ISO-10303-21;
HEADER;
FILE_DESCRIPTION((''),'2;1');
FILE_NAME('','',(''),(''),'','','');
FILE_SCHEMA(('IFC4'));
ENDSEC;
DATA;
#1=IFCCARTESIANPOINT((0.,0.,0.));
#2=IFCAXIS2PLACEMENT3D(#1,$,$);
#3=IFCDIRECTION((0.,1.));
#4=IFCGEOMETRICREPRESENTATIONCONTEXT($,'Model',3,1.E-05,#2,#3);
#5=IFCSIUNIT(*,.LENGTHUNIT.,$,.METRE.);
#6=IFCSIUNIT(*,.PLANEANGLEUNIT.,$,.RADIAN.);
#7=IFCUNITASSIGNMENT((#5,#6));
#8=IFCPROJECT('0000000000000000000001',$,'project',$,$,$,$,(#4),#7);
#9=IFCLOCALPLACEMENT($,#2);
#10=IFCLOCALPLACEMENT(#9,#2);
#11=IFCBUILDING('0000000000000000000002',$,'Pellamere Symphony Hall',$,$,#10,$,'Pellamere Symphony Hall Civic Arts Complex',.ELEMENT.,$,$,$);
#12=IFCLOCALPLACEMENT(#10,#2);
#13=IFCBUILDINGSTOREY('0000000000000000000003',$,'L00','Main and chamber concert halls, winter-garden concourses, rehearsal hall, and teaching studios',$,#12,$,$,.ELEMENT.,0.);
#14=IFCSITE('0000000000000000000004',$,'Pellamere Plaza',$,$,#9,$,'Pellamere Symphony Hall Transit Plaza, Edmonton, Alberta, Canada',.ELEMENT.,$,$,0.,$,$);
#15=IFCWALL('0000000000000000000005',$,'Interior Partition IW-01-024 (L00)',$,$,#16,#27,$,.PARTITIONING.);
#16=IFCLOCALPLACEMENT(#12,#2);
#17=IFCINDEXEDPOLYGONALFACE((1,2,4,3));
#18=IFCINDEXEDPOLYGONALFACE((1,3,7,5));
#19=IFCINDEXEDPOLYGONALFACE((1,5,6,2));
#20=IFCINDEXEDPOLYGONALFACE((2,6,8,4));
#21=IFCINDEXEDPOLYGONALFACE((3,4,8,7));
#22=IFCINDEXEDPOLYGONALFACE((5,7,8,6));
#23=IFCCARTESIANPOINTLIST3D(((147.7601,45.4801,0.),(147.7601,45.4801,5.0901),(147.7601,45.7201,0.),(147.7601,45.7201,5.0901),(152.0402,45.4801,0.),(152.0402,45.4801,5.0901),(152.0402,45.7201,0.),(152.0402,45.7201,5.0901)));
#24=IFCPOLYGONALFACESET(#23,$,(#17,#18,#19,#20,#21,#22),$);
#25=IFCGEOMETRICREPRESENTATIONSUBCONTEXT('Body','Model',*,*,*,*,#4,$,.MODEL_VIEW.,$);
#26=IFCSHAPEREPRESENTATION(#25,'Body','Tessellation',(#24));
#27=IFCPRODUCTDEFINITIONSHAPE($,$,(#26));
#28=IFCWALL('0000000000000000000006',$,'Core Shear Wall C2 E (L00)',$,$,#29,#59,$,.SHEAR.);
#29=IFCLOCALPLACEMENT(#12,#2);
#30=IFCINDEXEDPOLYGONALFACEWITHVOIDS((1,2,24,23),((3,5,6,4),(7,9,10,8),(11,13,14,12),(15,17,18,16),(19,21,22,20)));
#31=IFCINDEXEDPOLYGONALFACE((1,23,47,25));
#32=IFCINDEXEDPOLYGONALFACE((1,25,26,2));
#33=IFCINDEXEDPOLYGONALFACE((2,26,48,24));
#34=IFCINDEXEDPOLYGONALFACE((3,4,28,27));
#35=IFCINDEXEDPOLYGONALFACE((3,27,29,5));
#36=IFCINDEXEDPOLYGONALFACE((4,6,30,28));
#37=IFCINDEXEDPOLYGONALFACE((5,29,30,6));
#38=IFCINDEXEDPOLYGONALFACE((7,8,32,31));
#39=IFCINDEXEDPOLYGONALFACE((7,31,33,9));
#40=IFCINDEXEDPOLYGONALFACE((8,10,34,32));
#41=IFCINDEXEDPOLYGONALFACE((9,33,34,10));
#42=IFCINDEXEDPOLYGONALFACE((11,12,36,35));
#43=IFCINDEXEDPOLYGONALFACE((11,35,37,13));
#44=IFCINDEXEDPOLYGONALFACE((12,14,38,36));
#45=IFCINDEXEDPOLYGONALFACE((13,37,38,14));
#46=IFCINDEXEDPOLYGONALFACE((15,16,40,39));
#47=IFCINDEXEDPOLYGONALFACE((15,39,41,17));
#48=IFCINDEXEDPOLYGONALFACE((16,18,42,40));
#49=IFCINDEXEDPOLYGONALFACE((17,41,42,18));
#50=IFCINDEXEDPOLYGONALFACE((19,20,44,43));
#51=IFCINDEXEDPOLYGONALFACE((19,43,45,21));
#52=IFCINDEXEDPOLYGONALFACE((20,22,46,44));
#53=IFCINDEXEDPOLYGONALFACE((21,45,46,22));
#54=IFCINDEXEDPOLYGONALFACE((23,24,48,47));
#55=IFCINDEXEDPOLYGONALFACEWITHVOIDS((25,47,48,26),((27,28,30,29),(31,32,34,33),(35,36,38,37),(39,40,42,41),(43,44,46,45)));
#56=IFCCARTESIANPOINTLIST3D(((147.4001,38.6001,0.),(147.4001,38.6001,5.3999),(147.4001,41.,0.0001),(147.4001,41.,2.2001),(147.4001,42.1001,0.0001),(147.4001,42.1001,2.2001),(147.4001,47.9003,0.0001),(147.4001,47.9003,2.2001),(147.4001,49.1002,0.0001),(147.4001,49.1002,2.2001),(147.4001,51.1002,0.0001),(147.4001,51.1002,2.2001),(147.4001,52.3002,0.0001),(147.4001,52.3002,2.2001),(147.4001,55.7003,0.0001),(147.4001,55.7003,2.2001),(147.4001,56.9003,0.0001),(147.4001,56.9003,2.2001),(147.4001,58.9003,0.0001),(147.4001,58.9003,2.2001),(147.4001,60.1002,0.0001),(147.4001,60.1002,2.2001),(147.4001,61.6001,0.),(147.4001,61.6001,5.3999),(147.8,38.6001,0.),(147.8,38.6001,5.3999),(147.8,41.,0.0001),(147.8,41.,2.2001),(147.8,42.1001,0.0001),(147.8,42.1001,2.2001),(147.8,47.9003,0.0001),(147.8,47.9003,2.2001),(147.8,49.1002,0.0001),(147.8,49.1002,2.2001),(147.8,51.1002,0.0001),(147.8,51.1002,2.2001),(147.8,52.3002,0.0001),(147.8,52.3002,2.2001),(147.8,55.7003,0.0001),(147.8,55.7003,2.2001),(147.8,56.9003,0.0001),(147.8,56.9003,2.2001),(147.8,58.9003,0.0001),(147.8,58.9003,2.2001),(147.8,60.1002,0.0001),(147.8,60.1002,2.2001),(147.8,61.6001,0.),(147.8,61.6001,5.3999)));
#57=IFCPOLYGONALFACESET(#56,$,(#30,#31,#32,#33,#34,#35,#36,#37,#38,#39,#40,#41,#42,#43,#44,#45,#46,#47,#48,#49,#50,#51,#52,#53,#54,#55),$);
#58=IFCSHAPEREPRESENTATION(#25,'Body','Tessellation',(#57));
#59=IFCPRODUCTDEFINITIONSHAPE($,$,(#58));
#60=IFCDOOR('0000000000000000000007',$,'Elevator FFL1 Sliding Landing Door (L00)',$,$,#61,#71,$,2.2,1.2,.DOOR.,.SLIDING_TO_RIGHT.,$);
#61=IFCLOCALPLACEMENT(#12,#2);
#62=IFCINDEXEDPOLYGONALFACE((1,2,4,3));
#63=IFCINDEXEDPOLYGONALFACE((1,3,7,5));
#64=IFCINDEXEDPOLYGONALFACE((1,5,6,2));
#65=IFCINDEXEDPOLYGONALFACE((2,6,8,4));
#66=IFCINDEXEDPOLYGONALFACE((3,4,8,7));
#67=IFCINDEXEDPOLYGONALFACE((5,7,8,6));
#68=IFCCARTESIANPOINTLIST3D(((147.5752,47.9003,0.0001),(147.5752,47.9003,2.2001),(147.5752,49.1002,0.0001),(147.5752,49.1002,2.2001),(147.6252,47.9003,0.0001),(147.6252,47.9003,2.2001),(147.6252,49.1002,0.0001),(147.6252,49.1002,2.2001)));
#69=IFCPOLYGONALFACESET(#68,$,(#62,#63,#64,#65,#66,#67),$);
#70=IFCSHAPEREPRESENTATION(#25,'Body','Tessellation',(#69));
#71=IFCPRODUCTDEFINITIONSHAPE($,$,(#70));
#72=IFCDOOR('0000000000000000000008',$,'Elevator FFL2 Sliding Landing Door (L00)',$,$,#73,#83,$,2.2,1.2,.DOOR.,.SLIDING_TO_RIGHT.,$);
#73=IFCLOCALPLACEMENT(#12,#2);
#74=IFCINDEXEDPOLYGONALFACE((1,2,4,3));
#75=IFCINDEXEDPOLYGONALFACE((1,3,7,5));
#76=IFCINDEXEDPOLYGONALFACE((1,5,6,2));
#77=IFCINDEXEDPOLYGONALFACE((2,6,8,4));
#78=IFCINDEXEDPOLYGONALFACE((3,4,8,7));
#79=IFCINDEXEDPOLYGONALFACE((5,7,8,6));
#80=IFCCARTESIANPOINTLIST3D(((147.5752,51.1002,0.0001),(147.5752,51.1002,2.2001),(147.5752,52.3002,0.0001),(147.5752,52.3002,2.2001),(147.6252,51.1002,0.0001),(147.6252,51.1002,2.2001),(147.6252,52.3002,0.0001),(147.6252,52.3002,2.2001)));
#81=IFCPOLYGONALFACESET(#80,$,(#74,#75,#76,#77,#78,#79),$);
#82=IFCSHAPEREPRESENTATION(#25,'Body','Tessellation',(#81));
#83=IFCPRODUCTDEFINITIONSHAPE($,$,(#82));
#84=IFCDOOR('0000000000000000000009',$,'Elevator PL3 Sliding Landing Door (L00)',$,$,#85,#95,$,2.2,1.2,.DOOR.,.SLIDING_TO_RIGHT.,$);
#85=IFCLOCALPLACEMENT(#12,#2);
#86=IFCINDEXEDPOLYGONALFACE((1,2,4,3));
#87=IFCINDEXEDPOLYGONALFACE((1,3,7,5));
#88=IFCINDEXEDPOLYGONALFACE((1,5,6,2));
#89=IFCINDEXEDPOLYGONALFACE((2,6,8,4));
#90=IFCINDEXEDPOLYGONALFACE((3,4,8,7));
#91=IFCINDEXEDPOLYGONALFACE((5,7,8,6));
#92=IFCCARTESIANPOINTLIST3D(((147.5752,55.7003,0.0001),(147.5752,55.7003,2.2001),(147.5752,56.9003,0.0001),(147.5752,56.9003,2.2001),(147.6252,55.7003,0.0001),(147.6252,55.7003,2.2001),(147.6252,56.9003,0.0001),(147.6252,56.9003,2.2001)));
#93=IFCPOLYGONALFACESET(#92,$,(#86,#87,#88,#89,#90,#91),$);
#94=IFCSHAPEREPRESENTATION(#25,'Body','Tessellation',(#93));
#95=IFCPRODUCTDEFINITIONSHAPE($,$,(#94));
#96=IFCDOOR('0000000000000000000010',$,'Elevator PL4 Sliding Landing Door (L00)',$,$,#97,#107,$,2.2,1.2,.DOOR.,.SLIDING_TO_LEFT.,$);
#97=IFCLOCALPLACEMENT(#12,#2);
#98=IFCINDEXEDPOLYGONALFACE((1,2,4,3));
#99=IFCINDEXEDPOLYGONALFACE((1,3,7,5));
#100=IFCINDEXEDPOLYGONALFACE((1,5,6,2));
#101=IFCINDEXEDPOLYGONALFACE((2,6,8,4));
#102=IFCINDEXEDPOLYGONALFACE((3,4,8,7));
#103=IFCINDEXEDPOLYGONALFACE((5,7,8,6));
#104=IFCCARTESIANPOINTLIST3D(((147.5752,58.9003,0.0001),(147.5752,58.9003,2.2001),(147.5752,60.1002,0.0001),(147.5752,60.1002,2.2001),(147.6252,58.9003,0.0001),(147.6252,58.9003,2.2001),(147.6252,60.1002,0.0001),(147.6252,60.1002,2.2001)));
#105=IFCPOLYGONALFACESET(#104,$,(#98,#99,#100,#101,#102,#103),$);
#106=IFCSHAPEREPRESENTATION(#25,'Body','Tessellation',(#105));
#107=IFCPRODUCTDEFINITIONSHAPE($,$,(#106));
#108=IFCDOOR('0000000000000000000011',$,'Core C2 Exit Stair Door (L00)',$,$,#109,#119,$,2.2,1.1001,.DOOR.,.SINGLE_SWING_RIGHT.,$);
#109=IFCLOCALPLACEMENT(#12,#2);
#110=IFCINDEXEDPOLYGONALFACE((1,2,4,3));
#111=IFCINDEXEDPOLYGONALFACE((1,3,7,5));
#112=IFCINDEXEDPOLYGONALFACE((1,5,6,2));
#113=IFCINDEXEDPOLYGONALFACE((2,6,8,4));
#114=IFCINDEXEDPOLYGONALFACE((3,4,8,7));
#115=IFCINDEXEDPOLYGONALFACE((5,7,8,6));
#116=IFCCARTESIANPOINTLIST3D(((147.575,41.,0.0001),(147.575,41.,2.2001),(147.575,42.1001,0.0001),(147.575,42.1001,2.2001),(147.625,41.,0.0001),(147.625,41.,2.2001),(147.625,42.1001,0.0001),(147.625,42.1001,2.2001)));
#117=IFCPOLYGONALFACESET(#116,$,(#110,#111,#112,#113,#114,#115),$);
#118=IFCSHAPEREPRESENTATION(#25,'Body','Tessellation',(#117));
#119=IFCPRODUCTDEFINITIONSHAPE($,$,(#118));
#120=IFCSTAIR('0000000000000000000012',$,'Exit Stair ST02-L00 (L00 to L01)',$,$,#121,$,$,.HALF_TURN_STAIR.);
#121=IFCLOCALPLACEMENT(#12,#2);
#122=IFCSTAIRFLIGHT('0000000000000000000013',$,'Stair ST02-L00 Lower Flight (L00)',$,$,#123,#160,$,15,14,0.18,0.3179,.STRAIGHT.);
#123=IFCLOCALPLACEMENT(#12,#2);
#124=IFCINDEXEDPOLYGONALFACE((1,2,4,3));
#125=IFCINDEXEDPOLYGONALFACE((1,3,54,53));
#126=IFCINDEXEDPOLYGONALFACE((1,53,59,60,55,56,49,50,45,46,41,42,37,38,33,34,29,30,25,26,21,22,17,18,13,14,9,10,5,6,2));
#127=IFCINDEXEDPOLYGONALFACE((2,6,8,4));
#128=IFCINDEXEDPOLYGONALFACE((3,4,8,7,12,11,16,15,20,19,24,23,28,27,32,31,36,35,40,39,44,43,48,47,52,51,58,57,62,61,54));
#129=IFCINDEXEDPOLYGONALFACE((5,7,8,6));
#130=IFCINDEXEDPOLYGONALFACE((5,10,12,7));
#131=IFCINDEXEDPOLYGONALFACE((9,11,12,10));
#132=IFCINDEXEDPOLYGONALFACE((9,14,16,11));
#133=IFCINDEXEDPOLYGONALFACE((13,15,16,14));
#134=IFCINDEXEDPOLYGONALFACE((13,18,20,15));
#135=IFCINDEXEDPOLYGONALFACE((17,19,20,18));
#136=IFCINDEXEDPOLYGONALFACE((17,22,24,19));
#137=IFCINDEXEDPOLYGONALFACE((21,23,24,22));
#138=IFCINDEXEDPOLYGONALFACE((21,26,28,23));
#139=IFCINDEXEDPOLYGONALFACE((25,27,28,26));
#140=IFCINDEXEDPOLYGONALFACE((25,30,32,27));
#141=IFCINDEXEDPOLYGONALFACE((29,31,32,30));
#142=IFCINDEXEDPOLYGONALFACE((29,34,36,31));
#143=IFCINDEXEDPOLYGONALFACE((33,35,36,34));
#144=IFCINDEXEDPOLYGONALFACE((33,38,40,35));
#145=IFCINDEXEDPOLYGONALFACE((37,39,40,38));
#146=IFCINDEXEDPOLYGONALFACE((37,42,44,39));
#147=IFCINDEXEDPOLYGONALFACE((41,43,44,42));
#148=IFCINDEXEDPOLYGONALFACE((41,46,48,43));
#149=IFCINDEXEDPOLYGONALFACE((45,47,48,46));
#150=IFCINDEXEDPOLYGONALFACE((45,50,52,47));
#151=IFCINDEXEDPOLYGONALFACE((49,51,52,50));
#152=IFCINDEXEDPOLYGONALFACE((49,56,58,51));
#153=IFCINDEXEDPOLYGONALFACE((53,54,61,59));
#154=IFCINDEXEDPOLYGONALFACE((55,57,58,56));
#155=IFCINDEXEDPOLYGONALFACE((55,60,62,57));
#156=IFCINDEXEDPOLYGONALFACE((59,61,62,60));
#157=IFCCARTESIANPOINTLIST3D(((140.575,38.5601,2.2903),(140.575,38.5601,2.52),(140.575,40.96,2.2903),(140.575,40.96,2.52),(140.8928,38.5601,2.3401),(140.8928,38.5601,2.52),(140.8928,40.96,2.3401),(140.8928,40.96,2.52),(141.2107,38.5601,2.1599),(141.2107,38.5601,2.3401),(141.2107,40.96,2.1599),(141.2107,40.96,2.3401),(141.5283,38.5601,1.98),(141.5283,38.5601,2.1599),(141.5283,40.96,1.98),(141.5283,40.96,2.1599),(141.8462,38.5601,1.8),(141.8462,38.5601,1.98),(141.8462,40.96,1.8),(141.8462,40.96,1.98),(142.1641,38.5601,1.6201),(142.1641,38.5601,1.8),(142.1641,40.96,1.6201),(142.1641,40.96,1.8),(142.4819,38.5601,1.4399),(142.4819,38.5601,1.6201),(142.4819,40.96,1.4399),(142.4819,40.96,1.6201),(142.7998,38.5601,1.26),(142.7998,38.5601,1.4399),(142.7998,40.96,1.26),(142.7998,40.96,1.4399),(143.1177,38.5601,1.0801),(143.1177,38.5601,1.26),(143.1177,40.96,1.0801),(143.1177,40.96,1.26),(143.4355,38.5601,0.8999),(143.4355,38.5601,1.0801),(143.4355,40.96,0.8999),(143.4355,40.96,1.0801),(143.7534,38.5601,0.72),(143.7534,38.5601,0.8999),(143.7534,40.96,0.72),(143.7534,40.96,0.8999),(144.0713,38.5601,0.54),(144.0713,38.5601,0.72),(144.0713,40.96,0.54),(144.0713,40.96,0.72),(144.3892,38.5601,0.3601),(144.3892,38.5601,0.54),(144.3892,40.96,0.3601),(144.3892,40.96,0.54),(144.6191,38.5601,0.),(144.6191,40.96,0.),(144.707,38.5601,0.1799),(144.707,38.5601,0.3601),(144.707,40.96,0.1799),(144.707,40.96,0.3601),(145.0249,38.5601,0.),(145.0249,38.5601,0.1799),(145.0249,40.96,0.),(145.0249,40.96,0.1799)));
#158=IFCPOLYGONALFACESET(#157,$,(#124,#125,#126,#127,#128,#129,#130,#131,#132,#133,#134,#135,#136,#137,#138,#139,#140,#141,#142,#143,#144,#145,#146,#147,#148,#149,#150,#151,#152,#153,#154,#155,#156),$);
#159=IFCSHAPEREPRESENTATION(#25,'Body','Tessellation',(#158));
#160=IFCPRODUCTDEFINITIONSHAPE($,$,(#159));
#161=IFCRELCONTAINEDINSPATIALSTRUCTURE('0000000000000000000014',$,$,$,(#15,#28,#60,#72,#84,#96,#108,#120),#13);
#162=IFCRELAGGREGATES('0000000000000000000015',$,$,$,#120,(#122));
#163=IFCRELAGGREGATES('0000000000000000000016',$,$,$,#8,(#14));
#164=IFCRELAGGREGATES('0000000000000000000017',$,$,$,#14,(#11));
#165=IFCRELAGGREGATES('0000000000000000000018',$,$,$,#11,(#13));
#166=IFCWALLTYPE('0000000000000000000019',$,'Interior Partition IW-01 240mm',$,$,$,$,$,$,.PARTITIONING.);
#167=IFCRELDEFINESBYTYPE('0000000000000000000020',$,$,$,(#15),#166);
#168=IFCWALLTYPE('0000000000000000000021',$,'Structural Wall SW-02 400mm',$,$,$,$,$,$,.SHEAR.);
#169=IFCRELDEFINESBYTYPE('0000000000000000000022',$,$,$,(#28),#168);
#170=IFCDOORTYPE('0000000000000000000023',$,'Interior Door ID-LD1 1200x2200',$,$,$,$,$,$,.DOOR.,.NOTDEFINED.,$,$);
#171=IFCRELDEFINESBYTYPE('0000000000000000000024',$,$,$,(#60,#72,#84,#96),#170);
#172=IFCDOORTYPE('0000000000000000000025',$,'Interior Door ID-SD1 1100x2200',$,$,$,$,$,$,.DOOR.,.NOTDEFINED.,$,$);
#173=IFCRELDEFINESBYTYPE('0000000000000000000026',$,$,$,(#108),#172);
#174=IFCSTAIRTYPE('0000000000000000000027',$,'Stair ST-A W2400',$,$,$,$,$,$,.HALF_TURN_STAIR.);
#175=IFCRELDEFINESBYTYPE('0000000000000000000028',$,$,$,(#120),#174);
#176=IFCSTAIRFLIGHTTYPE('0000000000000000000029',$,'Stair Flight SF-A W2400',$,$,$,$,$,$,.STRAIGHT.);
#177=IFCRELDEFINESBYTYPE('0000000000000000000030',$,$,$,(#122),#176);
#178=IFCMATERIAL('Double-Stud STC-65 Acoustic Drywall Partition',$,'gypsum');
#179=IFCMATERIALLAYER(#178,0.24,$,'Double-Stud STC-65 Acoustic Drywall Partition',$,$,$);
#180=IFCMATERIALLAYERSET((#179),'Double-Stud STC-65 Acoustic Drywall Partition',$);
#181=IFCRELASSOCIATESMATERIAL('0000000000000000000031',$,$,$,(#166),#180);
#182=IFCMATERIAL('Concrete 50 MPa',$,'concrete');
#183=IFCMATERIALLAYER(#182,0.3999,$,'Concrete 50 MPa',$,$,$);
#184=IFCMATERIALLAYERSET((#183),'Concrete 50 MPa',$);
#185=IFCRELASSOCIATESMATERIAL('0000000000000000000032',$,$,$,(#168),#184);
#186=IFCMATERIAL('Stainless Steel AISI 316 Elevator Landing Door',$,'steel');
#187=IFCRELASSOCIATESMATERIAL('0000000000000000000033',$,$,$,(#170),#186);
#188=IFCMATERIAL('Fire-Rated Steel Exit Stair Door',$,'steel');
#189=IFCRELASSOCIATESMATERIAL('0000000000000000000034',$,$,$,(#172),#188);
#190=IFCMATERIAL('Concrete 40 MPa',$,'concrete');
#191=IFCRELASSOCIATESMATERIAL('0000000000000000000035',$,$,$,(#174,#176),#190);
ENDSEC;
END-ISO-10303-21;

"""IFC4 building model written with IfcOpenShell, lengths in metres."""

from ifc_helpers import new_model, si_unit, direction, frame, frame_2d, origin, place, context, subcontext, project, spatial, polyline, rectangle, outline, extrude, material, layer, layer_set, type_object, element, fill, aggregate, save


model = new_model("IFC4")

# Units and contexts
model_context = context("Model", 3, precision=1e-05, world=origin(), true_north=direction((0.0, 1.0)))
body_context = subcontext(model_context, "Body", "Model", "MODEL_VIEW")
ifc_project = project(units=[si_unit("LENGTHUNIT", "METRE"), si_unit("PLANEANGLEUNIT", "RADIAN")], contexts=[model_context])

# Site, building, storey
site_placement = place(None, origin())
site = spatial("IfcSite", under=ifc_project, at=site_placement, Name="Pellamere Plaza", LongName="Pellamere Symphony Hall Transit Plaza, Edmonton, Alberta, Canada", CompositionType="ELEMENT", RefElevation=0.0)
building_placement = place(site_placement, origin())
building = spatial("IfcBuilding", under=site, at=building_placement, Name="Pellamere Symphony Hall", LongName="Pellamere Symphony Hall Civic Arts Complex", CompositionType="ELEMENT")
storey_placement = place(building_placement, origin())
storey = spatial("IfcBuildingStorey", under=building, at=storey_placement, Name="L00", Description="Main and chamber concert halls, winter-garden concourses, rehearsal hall, and teaching studios", CompositionType="ELEMENT", Elevation=0.0)

# Shared definitions
ifc_material_1 = material(Name="Concrete 40 MPa", Category="concrete")

# Shared definitions
ifc_material_2 = material(Name="Double-Stud STC-65 Acoustic Drywall Partition", Category="gypsum")
ifc_layer_1 = layer(ifc_material_2, 0.24, Name="Double-Stud STC-65 Acoustic Drywall Partition")
ifc_layer_set_1 = layer_set([ifc_layer_1], Name="Double-Stud STC-65 Acoustic Drywall Partition")
wall_type_1 = type_object("IfcWallType", Name="Interior Partition IW-01 240mm", PredefinedType="PARTITIONING", material=ifc_layer_set_1)

# Wall
wall_1_placement = place(storey_placement, frame((147.76, 45.6001, 0.0), z_axis=(0.0, 0.0, 1.0), x_axis=(1.0, 0.0, 0.0)))
element("IfcWall", 1, at=wall_1_placement, inside=storey, type_object=wall_type_1, Name="Interior Partition IW-01-024 (L00)", PredefinedType="PARTITIONING", context=body_context, shape_type="SweptSolid", body=[
    extrude(rectangle(XDim=4.28, YDim=0.24, at=frame_2d((2.1401, 0.0))), origin(), (0.0, 0.0, 1.0), 5.0901),
])

# Wall, openings, doors
ifc_material_3 = material(Name="Concrete 50 MPa", Category="concrete")
ifc_layer_2 = layer(ifc_material_3, 0.3999, Name="Concrete 50 MPa")
ifc_layer_set_2 = layer_set([ifc_layer_2], Name="Concrete 50 MPa")
wall_type_2 = type_object("IfcWallType", Name="Structural Wall SW-02 400mm", PredefinedType="SHEAR", material=ifc_layer_set_2)
wall_2_placement = place(storey_placement, frame((147.6001, 38.6001, 0.0), z_axis=(0.0, 0.0, 1.0), x_axis=(0.0, 1.0, 0.0)))
wall_2 = element("IfcWall", 2, at=wall_2_placement, inside=storey, type_object=wall_type_2, Name="Core Shear Wall C2 E (L00)", PredefinedType="SHEAR", context=body_context, shape_type="SweptSolid", body=[
    extrude(rectangle(XDim=23.0, YDim=0.3999, at=frame_2d((11.5, 0.0))), origin(), (0.0, 0.0, 1.0), 5.3999),
])
opening_1_placement = place(wall_2_placement, frame((9.3, 0.0, 0.0)))
opening_1 = element("IfcOpeningElement", 3, at=opening_1_placement, cuts=wall_2, PredefinedType="OPENING", context=body_context, shape_type="SweptSolid", body=[
    extrude(rectangle(XDim=1.2, YDim=2.2, at=frame_2d((0.6001, 1.1001))), frame((0.0, 0.21, 0.0), z_axis=(0.0, -1.0, 0.0), x_axis=(1.0, 0.0, 0.0)), (0.0, 0.0, 1.0), 0.4199),
])
opening_2_placement = place(wall_2_placement, frame((12.5, 0.0, 0.0)))
opening_2 = element("IfcOpeningElement", 4, at=opening_2_placement, cuts=wall_2, PredefinedType="OPENING", context=body_context, shape_type="SweptSolid", body=[
    extrude(rectangle(XDim=1.2, YDim=2.2, at=frame_2d((0.6001, 1.1001))), frame((0.0, 0.21, 0.0), z_axis=(0.0, -1.0, 0.0), x_axis=(1.0, 0.0, 0.0)), (0.0, 0.0, 1.0), 0.4199),
])
opening_3_placement = place(wall_2_placement, frame((17.1001, 0.0, 0.0)))
opening_3 = element("IfcOpeningElement", 5, at=opening_3_placement, cuts=wall_2, PredefinedType="OPENING", context=body_context, shape_type="SweptSolid", body=[
    extrude(rectangle(XDim=1.2, YDim=2.2, at=frame_2d((0.6001, 1.1001))), frame((0.0, 0.21, 0.0), z_axis=(0.0, -1.0, 0.0), x_axis=(1.0, 0.0, 0.0)), (0.0, 0.0, 1.0), 0.4199),
])
opening_4_placement = place(wall_2_placement, frame((20.3, 0.0, 0.0)))
opening_4 = element("IfcOpeningElement", 6, at=opening_4_placement, cuts=wall_2, PredefinedType="OPENING", context=body_context, shape_type="SweptSolid", body=[
    extrude(rectangle(XDim=1.2, YDim=2.2, at=frame_2d((0.6001, 1.1001))), frame((0.0, 0.21, 0.0), z_axis=(0.0, -1.0, 0.0), x_axis=(1.0, 0.0, 0.0)), (0.0, 0.0, 1.0), 0.4199),
])
opening_5_placement = place(wall_2_placement, frame((2.3999, 0.0, 0.0)))
opening_5 = element("IfcOpeningElement", 7, at=opening_5_placement, cuts=wall_2, PredefinedType="OPENING", context=body_context, shape_type="SweptSolid", body=[
    extrude(rectangle(XDim=1.1001, YDim=2.2, at=frame_2d((0.55, 1.1001))), frame((0.0, 0.21, 0.0), z_axis=(0.0, -1.0, 0.0), x_axis=(1.0, 0.0, 0.0)), (0.0, 0.0, 1.0), 0.4199),
])
ifc_material_4 = material(Name="Stainless Steel AISI 316 Elevator Landing Door", Category="steel")
door_type_1 = type_object("IfcDoorType", Name="Interior Door ID-LD1 1200x2200", OperationType="NOTDEFINED", PredefinedType="DOOR", material=ifc_material_4)
door_1_placement = place(opening_1_placement, origin())
door_1 = element("IfcDoor", 8, at=door_1_placement, inside=storey, type_object=door_type_1, Name="Elevator FFL1 Sliding Landing Door (L00)", OperationType="SLIDING_TO_RIGHT", OverallHeight=2.2, OverallWidth=1.2, PredefinedType="DOOR", context=body_context, shape_type="SweptSolid", body=[
    extrude(rectangle(XDim=1.2, YDim=2.2, at=frame_2d((0.6001, 1.1001))), frame((0.0, 0.0249, 0.0), z_axis=(0.0, -1.0, 0.0), x_axis=(1.0, 0.0, 0.0)), (0.0, 0.0, 1.0), 0.05),
])
fill(opening_1, door_1)
door_2_placement = place(opening_2_placement, origin())
door_2 = element("IfcDoor", 9, at=door_2_placement, inside=storey, type_object=door_type_1, Name="Elevator FFL2 Sliding Landing Door (L00)", OperationType="SLIDING_TO_RIGHT", OverallHeight=2.2, OverallWidth=1.2, PredefinedType="DOOR", context=body_context, shape_type="SweptSolid", body=[
    extrude(rectangle(XDim=1.2, YDim=2.2, at=frame_2d((0.6001, 1.1001))), frame((0.0, 0.0249, 0.0), z_axis=(0.0, -1.0, 0.0), x_axis=(1.0, 0.0, 0.0)), (0.0, 0.0, 1.0), 0.05),
])
fill(opening_2, door_2)
door_3_placement = place(opening_3_placement, origin())
door_3 = element("IfcDoor", 10, at=door_3_placement, inside=storey, type_object=door_type_1, Name="Elevator PL3 Sliding Landing Door (L00)", OperationType="SLIDING_TO_RIGHT", OverallHeight=2.2, OverallWidth=1.2, PredefinedType="DOOR", context=body_context, shape_type="SweptSolid", body=[
    extrude(rectangle(XDim=1.2, YDim=2.2, at=frame_2d((0.6001, 1.1001))), frame((0.0, 0.0249, 0.0), z_axis=(0.0, -1.0, 0.0), x_axis=(1.0, 0.0, 0.0)), (0.0, 0.0, 1.0), 0.05),
])
fill(opening_3, door_3)
door_4_placement = place(opening_4_placement, origin())
door_4 = element("IfcDoor", 11, at=door_4_placement, inside=storey, type_object=door_type_1, Name="Elevator PL4 Sliding Landing Door (L00)", OperationType="SLIDING_TO_LEFT", OverallHeight=2.2, OverallWidth=1.2, PredefinedType="DOOR", context=body_context, shape_type="SweptSolid", body=[
    extrude(rectangle(XDim=1.2, YDim=2.2, at=frame_2d((0.6001, 1.1001))), frame((0.0, 0.0249, 0.0), z_axis=(0.0, -1.0, 0.0), x_axis=(1.0, 0.0, 0.0)), (0.0, 0.0, 1.0), 0.05),
])
fill(opening_4, door_4)
ifc_material_5 = material(Name="Fire-Rated Steel Exit Stair Door", Category="steel")
door_type_2 = type_object("IfcDoorType", Name="Interior Door ID-SD1 1100x2200", OperationType="NOTDEFINED", PredefinedType="DOOR", material=ifc_material_5)
door_5_placement = place(opening_5_placement, frame((1.1001, 0.0, 0.0), z_axis=(0.0, 0.0, 1.0), x_axis=(-1.0, 0.0, 0.0)))
door_5 = element("IfcDoor", 12, at=door_5_placement, inside=storey, type_object=door_type_2, Name="Core C2 Exit Stair Door (L00)", OperationType="SINGLE_SWING_RIGHT", OverallHeight=2.2, OverallWidth=1.1001, PredefinedType="DOOR", context=body_context, shape_type="SweptSolid", body=[
    extrude(rectangle(XDim=1.1001, YDim=2.2, at=frame_2d((0.55, 1.1001))), frame((0.0, 0.0249, 0.0), z_axis=(0.0, -1.0, 0.0), x_axis=(1.0, 0.0, 0.0)), (0.0, 0.0, 1.0), 0.05),
])
fill(opening_5, door_5)

# Stair, stair flight
stair_type = type_object("IfcStairType", Name="Stair ST-A W2400", PredefinedType="HALF_TURN_STAIR", material=ifc_material_1)
stair_placement = place(storey_placement, origin())
stair = element("IfcStair", 13, at=stair_placement, inside=storey, type_object=stair_type, Name="Exit Stair ST02-L00 (L00 to L01)", PredefinedType="HALF_TURN_STAIR")
stair_flight_type = type_object("IfcStairFlightType", Name="Stair Flight SF-A W2400", PredefinedType="STRAIGHT", material=ifc_material_1)
stair_flight_placement = place(storey_placement, frame((145.0249, 39.76, 0.0), z_axis=(0.0, 0.0, 1.0), x_axis=(-1.0, 0.0, 0.0)))
stair_flight = element("IfcStairFlight", 14, at=stair_flight_placement, type_object=stair_flight_type, Name="Stair ST02-L00 Lower Flight (L00)", NumberOfRisers=15, NumberOfTreads=14, PredefinedType="STRAIGHT", RiserHeight=0.18, TreadLength=0.3179, context=body_context, shape_type="SweptSolid", body=[
    extrude(outline(polyline([(0.0, 0.0), (0.0, 0.1799), (0.3179, 0.1799), (0.3179, 0.3601), (0.6357, 0.3601), (0.6357, 0.54), (0.9536, 0.54), (0.9536, 0.72), (1.2715, 0.72), (1.2715, 0.8999), (1.5894, 0.8999), (1.5894, 1.0801), (1.9072, 1.0801), (1.9072, 1.26), (2.2251, 1.26), (2.2251, 1.4399), (2.543, 1.4399), (2.543, 1.6201), (2.8608, 1.6201), (2.8608, 1.8), (3.1787, 1.8), (3.1787, 1.98), (3.4966, 1.98), (3.4966, 2.1599), (3.8142, 2.1599), (3.8142, 2.3401), (4.1321, 2.3401), (4.1321, 2.52), (4.45, 2.52), (4.45, 2.7), (4.45, 2.2903), (0.4058, 0.0), (0.0, 0.0)])), frame((0.0, 1.2, 0.0), z_axis=(0.0, -1.0, 0.0), x_axis=(1.0, 0.0, 0.0)), (0.0, 0.0, 1.0), 2.3999),
])
aggregate(stair, [stair_flight])

save(model, "model.ifc")
